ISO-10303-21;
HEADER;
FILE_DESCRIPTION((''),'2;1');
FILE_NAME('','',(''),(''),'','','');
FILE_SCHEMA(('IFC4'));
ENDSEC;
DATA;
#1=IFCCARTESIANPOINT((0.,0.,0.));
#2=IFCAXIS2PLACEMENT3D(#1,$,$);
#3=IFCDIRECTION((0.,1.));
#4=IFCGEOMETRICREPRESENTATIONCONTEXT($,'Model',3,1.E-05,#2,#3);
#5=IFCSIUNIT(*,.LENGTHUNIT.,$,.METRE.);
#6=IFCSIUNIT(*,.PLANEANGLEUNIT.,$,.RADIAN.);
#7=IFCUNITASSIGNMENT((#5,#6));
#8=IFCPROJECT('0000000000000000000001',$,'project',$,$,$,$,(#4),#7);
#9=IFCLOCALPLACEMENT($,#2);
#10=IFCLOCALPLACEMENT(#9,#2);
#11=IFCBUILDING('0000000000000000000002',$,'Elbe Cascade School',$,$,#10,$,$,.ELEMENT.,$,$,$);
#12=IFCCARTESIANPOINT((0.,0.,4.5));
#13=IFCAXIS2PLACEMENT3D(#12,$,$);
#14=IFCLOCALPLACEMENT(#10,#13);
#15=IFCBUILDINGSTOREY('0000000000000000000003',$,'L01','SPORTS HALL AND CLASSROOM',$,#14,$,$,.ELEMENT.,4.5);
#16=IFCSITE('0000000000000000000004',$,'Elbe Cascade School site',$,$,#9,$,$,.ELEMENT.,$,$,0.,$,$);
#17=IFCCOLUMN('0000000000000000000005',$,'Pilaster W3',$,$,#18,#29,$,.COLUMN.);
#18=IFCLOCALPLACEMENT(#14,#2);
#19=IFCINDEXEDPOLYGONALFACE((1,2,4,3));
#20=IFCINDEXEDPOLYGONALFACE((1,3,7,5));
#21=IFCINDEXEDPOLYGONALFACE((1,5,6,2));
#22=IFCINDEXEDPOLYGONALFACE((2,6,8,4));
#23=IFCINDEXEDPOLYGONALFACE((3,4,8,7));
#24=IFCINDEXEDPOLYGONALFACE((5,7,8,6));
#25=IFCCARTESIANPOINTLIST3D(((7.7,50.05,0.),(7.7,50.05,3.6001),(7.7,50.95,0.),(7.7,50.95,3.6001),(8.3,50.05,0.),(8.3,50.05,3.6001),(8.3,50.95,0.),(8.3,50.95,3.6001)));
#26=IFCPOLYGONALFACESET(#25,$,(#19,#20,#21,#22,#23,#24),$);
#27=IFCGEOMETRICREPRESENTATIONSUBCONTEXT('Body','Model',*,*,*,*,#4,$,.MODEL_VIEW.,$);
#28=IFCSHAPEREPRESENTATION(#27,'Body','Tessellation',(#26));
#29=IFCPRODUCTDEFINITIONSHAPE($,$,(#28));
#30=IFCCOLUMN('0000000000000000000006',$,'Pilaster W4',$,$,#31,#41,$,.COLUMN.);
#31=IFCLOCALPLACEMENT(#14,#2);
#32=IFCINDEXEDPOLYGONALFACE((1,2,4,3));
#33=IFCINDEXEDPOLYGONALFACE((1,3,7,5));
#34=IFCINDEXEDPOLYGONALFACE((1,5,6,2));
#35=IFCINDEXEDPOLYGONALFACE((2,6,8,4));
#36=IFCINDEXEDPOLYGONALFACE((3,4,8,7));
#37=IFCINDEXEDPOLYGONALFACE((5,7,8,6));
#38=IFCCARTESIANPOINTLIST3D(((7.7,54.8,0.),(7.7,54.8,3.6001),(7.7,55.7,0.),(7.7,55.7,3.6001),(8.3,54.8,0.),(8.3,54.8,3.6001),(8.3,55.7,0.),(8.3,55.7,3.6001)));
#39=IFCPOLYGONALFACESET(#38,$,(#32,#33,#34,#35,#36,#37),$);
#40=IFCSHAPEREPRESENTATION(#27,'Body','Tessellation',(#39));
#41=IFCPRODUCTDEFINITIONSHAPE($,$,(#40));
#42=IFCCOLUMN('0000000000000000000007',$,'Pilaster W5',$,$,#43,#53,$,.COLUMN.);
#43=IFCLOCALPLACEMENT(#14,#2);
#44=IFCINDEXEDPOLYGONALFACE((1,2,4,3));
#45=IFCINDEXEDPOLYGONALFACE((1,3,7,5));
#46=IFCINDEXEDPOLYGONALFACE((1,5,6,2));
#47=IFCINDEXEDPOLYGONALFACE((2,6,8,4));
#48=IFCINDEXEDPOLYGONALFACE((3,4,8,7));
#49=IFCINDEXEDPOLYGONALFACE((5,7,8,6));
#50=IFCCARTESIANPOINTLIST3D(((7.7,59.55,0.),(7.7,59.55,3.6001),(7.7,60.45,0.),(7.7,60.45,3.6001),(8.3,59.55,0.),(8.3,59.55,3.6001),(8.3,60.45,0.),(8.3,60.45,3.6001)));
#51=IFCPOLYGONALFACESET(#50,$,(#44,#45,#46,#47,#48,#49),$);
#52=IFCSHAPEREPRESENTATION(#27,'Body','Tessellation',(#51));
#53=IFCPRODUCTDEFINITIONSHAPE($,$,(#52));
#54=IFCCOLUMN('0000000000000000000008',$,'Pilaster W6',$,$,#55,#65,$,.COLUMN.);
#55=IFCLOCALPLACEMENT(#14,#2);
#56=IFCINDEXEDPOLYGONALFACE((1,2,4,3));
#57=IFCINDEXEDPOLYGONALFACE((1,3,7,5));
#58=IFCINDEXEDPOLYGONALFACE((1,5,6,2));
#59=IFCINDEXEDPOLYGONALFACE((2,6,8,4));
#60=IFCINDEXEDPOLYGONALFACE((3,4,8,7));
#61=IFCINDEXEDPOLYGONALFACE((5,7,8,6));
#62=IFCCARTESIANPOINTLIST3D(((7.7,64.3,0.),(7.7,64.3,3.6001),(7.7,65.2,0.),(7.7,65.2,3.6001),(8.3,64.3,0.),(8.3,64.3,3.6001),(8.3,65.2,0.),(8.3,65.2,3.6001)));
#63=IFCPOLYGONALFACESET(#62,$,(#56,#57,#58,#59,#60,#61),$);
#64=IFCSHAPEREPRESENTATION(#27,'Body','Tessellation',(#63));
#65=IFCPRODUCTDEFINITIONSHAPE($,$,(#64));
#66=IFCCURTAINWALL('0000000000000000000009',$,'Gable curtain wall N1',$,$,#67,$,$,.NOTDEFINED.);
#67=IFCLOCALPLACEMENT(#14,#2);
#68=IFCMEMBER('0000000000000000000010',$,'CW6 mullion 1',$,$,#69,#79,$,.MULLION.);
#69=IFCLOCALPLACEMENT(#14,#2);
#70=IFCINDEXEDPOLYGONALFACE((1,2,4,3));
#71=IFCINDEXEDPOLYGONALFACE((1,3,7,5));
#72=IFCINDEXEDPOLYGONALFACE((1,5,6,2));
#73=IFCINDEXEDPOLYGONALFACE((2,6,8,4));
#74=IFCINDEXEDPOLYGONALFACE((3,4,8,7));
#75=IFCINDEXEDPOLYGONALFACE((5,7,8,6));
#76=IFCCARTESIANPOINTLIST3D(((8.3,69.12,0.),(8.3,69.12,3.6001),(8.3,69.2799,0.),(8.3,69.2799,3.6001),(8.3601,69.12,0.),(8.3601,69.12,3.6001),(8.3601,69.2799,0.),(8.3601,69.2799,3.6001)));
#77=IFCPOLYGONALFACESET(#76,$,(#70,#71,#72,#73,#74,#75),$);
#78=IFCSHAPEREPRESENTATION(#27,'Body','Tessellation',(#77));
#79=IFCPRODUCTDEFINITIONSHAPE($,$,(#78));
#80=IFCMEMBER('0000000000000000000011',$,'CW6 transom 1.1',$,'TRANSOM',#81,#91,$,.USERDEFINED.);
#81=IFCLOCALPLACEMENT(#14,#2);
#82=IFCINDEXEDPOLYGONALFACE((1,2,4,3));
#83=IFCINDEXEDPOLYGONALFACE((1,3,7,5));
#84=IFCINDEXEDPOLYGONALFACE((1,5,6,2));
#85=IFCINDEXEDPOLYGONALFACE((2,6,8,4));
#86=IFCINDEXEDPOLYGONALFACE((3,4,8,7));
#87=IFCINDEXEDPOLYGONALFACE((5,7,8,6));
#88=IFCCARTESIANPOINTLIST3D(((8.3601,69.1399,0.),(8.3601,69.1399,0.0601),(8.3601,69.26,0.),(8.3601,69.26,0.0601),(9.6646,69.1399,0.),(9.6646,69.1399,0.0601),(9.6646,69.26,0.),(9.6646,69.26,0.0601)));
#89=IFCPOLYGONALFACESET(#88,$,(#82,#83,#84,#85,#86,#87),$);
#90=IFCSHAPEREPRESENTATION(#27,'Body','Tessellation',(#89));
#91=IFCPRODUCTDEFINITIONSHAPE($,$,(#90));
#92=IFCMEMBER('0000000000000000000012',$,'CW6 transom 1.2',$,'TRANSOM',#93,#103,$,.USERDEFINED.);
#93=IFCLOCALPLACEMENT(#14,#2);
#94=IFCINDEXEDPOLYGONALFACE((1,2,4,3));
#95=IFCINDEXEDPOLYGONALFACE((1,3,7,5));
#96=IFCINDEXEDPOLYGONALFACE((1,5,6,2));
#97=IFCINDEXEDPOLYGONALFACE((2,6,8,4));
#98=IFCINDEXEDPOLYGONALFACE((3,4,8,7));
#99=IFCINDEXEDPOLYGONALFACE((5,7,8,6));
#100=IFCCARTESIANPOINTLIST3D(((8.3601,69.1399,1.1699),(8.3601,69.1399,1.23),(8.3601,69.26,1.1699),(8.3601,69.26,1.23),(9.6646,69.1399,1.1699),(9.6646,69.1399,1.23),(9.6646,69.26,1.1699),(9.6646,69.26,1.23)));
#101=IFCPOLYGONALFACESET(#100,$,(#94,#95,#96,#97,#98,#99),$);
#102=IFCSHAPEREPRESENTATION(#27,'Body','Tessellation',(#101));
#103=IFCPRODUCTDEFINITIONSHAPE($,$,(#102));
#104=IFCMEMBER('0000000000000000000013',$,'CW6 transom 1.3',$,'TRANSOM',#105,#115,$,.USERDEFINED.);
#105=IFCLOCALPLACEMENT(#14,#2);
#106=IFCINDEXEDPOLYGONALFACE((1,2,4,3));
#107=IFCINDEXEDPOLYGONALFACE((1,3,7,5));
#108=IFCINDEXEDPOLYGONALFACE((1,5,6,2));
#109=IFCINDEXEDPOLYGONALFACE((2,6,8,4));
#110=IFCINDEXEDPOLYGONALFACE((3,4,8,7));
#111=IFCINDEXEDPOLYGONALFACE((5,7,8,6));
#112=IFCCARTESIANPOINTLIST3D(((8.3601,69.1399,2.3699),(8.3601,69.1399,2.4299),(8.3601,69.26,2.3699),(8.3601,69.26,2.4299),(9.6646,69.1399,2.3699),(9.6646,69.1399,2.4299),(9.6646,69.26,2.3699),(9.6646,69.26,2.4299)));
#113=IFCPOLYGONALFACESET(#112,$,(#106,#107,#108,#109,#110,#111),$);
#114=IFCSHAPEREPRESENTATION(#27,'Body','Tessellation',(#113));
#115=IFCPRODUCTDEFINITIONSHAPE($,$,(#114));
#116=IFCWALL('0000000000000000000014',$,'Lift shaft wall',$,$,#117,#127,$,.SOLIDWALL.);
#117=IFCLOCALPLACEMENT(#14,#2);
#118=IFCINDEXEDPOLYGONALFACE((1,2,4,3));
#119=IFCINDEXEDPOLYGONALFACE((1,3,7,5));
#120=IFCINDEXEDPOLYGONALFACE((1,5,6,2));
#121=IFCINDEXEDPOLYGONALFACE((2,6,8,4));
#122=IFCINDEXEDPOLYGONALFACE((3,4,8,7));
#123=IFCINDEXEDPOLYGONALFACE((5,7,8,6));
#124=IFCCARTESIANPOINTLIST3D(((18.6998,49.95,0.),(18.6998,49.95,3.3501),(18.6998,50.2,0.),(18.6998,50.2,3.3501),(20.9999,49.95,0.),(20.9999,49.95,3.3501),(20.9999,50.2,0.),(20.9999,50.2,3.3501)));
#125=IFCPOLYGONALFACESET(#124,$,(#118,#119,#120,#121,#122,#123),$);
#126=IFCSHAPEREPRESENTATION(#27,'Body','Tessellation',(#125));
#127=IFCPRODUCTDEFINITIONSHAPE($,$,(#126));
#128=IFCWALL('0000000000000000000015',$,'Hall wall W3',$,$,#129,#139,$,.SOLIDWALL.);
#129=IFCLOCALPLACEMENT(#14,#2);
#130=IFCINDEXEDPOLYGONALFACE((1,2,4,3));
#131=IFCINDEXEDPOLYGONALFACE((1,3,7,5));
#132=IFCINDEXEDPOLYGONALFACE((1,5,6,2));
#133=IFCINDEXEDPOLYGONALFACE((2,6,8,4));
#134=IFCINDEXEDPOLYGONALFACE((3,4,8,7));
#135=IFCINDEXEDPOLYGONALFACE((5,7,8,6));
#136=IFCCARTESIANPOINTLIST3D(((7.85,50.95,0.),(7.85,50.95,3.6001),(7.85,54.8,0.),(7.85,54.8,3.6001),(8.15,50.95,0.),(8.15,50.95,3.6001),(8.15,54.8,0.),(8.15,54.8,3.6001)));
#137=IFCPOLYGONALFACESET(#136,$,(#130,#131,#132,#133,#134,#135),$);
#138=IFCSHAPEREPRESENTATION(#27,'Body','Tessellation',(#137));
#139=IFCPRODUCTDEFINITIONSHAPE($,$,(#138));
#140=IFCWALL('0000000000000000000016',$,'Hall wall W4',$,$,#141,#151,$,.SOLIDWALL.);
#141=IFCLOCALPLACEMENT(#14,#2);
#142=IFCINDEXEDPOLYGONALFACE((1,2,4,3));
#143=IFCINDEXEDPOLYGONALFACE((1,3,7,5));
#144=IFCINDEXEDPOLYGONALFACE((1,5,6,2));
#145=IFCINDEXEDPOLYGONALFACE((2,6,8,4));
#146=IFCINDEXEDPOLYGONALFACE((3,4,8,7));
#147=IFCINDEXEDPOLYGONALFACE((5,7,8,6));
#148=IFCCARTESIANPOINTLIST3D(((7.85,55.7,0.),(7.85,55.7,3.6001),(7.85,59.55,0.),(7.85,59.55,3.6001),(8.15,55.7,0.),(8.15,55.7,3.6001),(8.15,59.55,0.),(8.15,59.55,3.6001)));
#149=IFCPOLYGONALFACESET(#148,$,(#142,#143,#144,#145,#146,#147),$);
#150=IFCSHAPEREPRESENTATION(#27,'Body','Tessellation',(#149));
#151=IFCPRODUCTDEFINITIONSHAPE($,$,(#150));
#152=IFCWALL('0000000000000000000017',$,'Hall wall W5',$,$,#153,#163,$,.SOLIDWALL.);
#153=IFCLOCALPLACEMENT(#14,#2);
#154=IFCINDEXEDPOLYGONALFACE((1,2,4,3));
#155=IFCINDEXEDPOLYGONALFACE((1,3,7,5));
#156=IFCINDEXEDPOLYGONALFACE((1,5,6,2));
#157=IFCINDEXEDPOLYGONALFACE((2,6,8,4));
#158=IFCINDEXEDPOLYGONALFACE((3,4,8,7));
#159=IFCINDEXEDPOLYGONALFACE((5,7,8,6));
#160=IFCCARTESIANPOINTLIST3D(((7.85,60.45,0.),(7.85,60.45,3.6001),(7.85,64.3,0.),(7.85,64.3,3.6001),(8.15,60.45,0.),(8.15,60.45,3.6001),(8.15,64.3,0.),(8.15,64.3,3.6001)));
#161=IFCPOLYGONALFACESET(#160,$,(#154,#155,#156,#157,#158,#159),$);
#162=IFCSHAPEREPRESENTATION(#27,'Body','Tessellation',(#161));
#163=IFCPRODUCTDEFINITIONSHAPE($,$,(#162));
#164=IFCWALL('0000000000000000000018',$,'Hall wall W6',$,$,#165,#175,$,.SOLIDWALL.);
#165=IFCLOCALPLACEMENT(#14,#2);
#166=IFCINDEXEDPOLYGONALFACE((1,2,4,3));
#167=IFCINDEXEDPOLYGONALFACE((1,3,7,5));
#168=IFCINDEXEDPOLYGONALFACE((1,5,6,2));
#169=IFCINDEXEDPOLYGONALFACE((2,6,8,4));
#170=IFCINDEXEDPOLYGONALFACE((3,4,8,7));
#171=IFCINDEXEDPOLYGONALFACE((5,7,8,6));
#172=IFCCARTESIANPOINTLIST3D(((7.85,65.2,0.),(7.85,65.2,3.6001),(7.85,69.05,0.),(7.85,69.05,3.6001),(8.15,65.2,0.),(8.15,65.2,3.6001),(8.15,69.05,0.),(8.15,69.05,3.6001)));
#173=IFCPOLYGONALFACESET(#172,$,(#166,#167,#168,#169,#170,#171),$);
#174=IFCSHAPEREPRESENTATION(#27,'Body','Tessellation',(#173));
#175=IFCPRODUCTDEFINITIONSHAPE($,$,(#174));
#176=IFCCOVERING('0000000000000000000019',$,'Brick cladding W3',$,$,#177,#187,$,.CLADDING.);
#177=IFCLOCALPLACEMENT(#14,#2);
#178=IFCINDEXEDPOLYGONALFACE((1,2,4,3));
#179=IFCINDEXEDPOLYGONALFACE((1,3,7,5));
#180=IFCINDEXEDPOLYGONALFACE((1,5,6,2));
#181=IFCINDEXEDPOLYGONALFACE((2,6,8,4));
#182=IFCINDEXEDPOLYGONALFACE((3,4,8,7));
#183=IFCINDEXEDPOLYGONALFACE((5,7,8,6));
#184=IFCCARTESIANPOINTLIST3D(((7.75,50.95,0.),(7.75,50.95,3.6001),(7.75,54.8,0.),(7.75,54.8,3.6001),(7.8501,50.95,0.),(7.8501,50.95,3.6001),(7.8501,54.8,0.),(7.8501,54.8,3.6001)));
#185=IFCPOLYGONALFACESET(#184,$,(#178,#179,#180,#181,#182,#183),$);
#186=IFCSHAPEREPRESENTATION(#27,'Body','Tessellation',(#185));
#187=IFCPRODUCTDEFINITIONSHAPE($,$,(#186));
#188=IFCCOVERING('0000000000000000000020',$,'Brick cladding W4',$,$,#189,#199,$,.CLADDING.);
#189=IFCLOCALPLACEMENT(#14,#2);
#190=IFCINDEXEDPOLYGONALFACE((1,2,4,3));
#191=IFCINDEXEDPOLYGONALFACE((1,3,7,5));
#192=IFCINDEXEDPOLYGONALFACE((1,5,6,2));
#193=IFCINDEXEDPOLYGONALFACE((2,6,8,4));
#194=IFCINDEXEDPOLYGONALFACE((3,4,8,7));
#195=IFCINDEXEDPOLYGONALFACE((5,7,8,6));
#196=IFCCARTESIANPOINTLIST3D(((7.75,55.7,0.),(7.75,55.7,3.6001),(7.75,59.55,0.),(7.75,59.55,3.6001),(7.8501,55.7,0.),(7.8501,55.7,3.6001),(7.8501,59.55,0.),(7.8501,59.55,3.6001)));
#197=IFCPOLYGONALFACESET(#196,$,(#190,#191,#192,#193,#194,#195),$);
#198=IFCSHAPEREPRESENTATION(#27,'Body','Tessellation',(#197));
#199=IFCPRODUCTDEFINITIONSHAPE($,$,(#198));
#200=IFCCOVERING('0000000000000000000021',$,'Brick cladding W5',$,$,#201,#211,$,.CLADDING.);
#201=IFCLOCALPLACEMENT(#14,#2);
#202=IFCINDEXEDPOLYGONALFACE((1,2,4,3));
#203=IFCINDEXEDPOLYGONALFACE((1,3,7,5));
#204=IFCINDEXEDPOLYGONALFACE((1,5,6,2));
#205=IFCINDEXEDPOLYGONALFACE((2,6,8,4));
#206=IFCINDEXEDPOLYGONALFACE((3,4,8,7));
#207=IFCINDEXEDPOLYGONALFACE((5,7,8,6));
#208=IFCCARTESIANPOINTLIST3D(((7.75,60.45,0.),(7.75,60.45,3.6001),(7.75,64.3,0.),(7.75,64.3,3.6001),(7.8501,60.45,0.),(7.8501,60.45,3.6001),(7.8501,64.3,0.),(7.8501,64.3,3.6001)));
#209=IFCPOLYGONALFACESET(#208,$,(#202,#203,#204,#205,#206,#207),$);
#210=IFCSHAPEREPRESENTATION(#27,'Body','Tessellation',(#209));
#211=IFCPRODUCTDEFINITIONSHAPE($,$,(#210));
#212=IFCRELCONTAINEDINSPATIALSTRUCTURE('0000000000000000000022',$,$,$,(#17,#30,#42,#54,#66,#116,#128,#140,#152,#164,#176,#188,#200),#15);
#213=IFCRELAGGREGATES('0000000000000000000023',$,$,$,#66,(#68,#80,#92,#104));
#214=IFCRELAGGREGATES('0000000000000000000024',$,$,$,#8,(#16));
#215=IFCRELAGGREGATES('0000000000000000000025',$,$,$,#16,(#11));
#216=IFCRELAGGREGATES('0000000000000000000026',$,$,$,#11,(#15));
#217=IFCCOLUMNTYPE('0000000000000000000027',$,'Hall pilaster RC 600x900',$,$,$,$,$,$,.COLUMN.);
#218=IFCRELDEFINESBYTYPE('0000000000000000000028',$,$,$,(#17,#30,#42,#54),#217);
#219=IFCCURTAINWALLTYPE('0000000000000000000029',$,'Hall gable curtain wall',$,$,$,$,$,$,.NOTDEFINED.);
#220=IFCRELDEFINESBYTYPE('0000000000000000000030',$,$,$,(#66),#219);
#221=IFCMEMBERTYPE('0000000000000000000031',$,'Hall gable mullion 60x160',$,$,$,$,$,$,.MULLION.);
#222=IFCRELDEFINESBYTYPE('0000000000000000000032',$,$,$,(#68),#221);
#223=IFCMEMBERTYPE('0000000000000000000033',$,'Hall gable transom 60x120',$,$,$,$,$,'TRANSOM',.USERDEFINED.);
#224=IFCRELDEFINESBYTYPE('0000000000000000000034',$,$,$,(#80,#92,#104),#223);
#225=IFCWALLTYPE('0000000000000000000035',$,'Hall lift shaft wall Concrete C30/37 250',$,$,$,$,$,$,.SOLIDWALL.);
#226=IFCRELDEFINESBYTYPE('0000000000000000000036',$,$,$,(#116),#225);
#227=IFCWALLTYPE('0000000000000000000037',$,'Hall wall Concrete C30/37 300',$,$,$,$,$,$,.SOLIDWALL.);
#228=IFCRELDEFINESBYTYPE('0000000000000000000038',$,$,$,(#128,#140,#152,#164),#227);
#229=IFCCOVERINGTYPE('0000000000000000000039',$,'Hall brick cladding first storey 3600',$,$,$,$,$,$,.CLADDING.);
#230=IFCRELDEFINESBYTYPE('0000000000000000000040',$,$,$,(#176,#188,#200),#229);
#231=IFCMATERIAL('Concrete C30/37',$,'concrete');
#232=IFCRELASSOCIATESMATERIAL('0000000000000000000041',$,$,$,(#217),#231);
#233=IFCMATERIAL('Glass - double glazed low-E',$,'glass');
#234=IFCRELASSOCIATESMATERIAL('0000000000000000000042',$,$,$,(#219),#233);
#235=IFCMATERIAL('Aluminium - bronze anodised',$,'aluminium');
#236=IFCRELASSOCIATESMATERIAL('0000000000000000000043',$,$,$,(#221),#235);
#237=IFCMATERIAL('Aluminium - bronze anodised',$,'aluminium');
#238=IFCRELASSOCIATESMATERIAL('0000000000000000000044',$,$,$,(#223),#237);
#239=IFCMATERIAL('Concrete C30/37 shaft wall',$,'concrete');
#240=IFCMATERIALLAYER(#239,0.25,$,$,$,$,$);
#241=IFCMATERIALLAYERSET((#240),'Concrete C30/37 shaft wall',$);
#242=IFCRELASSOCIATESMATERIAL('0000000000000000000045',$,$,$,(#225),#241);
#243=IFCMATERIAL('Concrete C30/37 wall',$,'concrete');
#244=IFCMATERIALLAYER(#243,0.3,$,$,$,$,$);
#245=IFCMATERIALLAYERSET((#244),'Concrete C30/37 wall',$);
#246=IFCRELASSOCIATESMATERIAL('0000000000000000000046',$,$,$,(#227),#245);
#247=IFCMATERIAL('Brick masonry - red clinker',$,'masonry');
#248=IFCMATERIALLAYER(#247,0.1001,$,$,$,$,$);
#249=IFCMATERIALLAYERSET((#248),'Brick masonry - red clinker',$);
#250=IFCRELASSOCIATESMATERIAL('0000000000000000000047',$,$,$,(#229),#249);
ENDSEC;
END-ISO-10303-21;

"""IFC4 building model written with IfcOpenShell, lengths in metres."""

from ifc_helpers import new_model, si_unit, direction, frame, frame_2d, origin, origin_2d, place, context, subcontext, project, spatial, rectangle, extrude, material, layer, layer_set, material_profile, profile_set, type_object, element, aggregate, save


model = new_model("IFC4")

# Units and contexts
model_context = context("Model", 3, precision=1e-05, world=origin(), true_north=direction((0.0, 1.0)))
body_context = subcontext(model_context, "Body", "Model", "MODEL_VIEW")
ifc_project = project(units=[si_unit("LENGTHUNIT", "METRE"), si_unit("PLANEANGLEUNIT", "RADIAN")], contexts=[model_context])

# Site, building, storey
site_placement = place(None, origin())
site = spatial("IfcSite", under=ifc_project, at=site_placement, Name="Elbe Cascade School site", CompositionType="ELEMENT", RefElevation=0.0)
building_placement = place(site_placement, origin())
building = spatial("IfcBuilding", under=site, at=building_placement, Name="Elbe Cascade School", CompositionType="ELEMENT")
storey_placement = place(building_placement, frame((0.0, 0.0, 4.5)))
storey = spatial("IfcBuildingStorey", under=building, at=storey_placement, Name="L01", Description="SPORTS HALL AND CLASSROOM", CompositionType="ELEMENT", Elevation=4.5)

# Columns
ifc_material_1 = material(Name="Concrete C30/37", Category="concrete")
ifc_material_profile_1 = material_profile(ifc_material_1, rectangle(XDim=0.6001, YDim=0.8999, at=origin_2d()), Name="RC 600x900")
ifc_profile_set_1 = profile_set([ifc_material_profile_1], Name="Concrete C30/37")
column_type = type_object("IfcColumnType", Name="Hall pilaster RC 600x900", PredefinedType="COLUMN", material=ifc_profile_set_1)
for number, where, z_axis, x_axis, name in (
    (1, (8.0, 50.5, 0.0), (0.0, 0.0, 1.0), (1.0, 0.0, 0.0), "Pilaster W3"),
    (2, (8.0, 55.25, 0.0), (0.0, 0.0, 1.0), (1.0, 0.0, 0.0), "Pilaster W4"),
    (3, (8.0, 60.0, 0.0), (0.0, 0.0, 1.0), (1.0, 0.0, 0.0), "Pilaster W5"),
    (4, (8.0, 64.75, 0.0), (0.0, 0.0, 1.0), (1.0, 0.0, 0.0), "Pilaster W6"),
):
    element("IfcColumn", number, at=place(storey_placement, frame(where, z_axis=z_axis, x_axis=x_axis)), inside=storey, type_object=column_type, Name=name, PredefinedType="COLUMN", context=body_context, shape_type="SweptSolid", body=[
        extrude(rectangle(XDim=0.6001, YDim=0.8999, at=origin_2d()), origin(), (0.0, 0.0, 1.0), 3.6001),
    ])

# Curtain wall, members
ifc_material_2 = material(Name="Glass - double glazed low-E", Category="glass")
curtain_wall_type = type_object("IfcCurtainWallType", Name="Hall gable curtain wall", PredefinedType="NOTDEFINED", material=ifc_material_2)
curtain_wall_placement = place(storey_placement, origin())
curtain_wall = element("IfcCurtainWall", 5, at=curtain_wall_placement, inside=storey, type_object=curtain_wall_type, Name="Gable curtain wall N1", PredefinedType="NOTDEFINED")
ifc_material_3 = material(Name="Aluminium - bronze anodised", Category="aluminium")
ifc_material_profile_2 = material_profile(ifc_material_3, rectangle(XDim=0.1599, YDim=0.0601, at=origin_2d()), Name="Alu 60x160")
ifc_profile_set_2 = profile_set([ifc_material_profile_2], Name="Aluminium - bronze anodised")
member_type_1 = type_object("IfcMemberType", Name="Hall gable mullion 60x160", PredefinedType="MULLION", material=ifc_profile_set_2)
member_1_placement = place(storey_placement, frame((8.3301, 69.2, 0.0), z_axis=(0.0, 0.0, 1.0), x_axis=(0.0, 1.0, 0.0)))
member_1 = element("IfcMember", 6, at=member_1_placement, type_object=member_type_1, Name="CW6 mullion 1", PredefinedType="MULLION", context=body_context, shape_type="SweptSolid", body=[
    extrude(rectangle(XDim=0.1599, YDim=0.0601, at=origin_2d()), origin(), (0.0, 0.0, 1.0), 3.6001),
])
ifc_material_4 = material(Name="Aluminium - bronze anodised", Category="aluminium")
ifc_material_profile_3 = material_profile(ifc_material_4, rectangle(XDim=0.1201, YDim=0.0601, at=origin_2d()), Name="Alu 60x120")
ifc_profile_set_3 = profile_set([ifc_material_profile_3], Name="Aluminium - bronze anodised")
member_type_2 = type_object("IfcMemberType", Name="Hall gable transom 60x120", ElementType="TRANSOM", PredefinedType="USERDEFINED", material=ifc_profile_set_3)
member_2_placement = place(storey_placement, frame((8.3601, 69.2, 0.03), z_axis=(1.0, 0.0, 0.0), x_axis=(0.0, 1.0, 0.0)))
member_2 = element("IfcMember", 7, at=member_2_placement, type_object=member_type_2, Name="CW6 transom 1.1", ObjectType="TRANSOM", PredefinedType="USERDEFINED", context=body_context, shape_type="SweptSolid", body=[
    extrude(rectangle(XDim=0.1201, YDim=0.0601, at=origin_2d()), origin(), (0.0, 0.0, 1.0), 1.3044),
])
member_3_placement = place(storey_placement, frame((8.3601, 69.2, 1.2), z_axis=(1.0, 0.0, 0.0), x_axis=(0.0, 1.0, 0.0)))
member_3 = element("IfcMember", 8, at=member_3_placement, type_object=member_type_2, Name="CW6 transom 1.2", ObjectType="TRANSOM", PredefinedType="USERDEFINED", context=body_context, shape_type="SweptSolid", body=[
    extrude(rectangle(XDim=0.1201, YDim=0.0601, at=origin_2d()), origin(), (0.0, 0.0, 1.0), 1.3044),
])
member_4_placement = place(storey_placement, frame((8.3601, 69.2, 2.3999), z_axis=(1.0, 0.0, 0.0), x_axis=(0.0, 1.0, 0.0)))
member_4 = element("IfcMember", 9, at=member_4_placement, type_object=member_type_2, Name="CW6 transom 1.3", ObjectType="TRANSOM", PredefinedType="USERDEFINED", context=body_context, shape_type="SweptSolid", body=[
    extrude(rectangle(XDim=0.1201, YDim=0.0601, at=origin_2d()), origin(), (0.0, 0.0, 1.0), 1.3044),
])
aggregate(curtain_wall, [member_1, member_2, member_3, member_4])

# Walls
ifc_material_5 = material(Name="Concrete C30/37 shaft wall", Category="concrete")
ifc_layer_1 = layer(ifc_material_5, 0.25)
ifc_layer_set_1 = layer_set([ifc_layer_1], Name="Concrete C30/37 shaft wall")
wall_type_1 = type_object("IfcWallType", Name="Hall lift shaft wall Concrete C30/37 250", PredefinedType="SOLIDWALL", material=ifc_layer_set_1)
wall_placement = place(storey_placement, frame((18.7, 50.075, 0.0), z_axis=(0.0, 0.0, 1.0), x_axis=(1.0, 0.0, 0.0)))
element("IfcWall", 10, at=wall_placement, inside=storey, type_object=wall_type_1, Name="Lift shaft wall", PredefinedType="SOLIDWALL", context=body_context, shape_type="SweptSolid", body=[
    extrude(rectangle(XDim=2.3, YDim=0.25, at=frame_2d((1.1499, 0.0))), origin(), (0.0, 0.0, 1.0), 3.3501),
])
ifc_material_6 = material(Name="Concrete C30/37 wall", Category="concrete")
ifc_layer_2 = layer(ifc_material_6, 0.3)
ifc_layer_set_2 = layer_set([ifc_layer_2], Name="Concrete C30/37 wall")
wall_type_2 = type_object("IfcWallType", Name="Hall wall Concrete C30/37 300", PredefinedType="SOLIDWALL", material=ifc_layer_set_2)
for number, where, z_axis, x_axis, name in (
    (11, (8.0, 50.95, 0.0), (0.0, 0.0, 1.0), (0.0, 1.0, 0.0), "Hall wall W3"),
    (12, (8.0, 55.7, 0.0), (0.0, 0.0, 1.0), (0.0, 1.0, 0.0), "Hall wall W4"),
    (13, (8.0, 60.45, 0.0), (0.0, 0.0, 1.0), (0.0, 1.0, 0.0), "Hall wall W5"),
    (14, (8.0, 65.2, 0.0), (0.0, 0.0, 1.0), (0.0, 1.0, 0.0), "Hall wall W6"),
):
    element("IfcWall", number, at=place(storey_placement, frame(where, z_axis=z_axis, x_axis=x_axis)), inside=storey, type_object=wall_type_2, Name=name, PredefinedType="SOLIDWALL", context=body_context, shape_type="SweptSolid", body=[
        extrude(rectangle(XDim=3.8501, YDim=0.3, at=frame_2d((1.925, 0.0))), origin(), (0.0, 0.0, 1.0), 3.6001),
    ])

# Coverings
ifc_material_7 = material(Name="Brick masonry - red clinker", Category="masonry")
ifc_layer_3 = layer(ifc_material_7, 0.1001)
ifc_layer_set_3 = layer_set([ifc_layer_3], Name="Brick masonry - red clinker")
covering_type_1 = type_object("IfcCoveringType", Name="Hall brick cladding first storey 3600", PredefinedType="CLADDING", material=ifc_layer_set_3)
for number, where, z_axis, x_axis, name in (
    (15, (7.8, 52.875, 0.0), (0.0, 0.0, 1.0), (1.0, 0.0, 0.0), "Brick cladding W3"),
    (16, (7.8, 57.625, 0.0), (0.0, 0.0, 1.0), (1.0, 0.0, 0.0), "Brick cladding W4"),
    (17, (7.8, 62.375, 0.0), (0.0, 0.0, 1.0), (1.0, 0.0, 0.0), "Brick cladding W5"),
):
    element("IfcCovering", number, at=place(storey_placement, frame(where, z_axis=z_axis, x_axis=x_axis)), inside=storey, type_object=covering_type_1, Name=name, PredefinedType="CLADDING", context=body_context, shape_type="SweptSolid", body=[
        extrude(rectangle(XDim=0.1001, YDim=3.8501, at=origin_2d()), origin(), (0.0, 0.0, 1.0), 3.6001),
    ])

save(model, "model.ifc")
